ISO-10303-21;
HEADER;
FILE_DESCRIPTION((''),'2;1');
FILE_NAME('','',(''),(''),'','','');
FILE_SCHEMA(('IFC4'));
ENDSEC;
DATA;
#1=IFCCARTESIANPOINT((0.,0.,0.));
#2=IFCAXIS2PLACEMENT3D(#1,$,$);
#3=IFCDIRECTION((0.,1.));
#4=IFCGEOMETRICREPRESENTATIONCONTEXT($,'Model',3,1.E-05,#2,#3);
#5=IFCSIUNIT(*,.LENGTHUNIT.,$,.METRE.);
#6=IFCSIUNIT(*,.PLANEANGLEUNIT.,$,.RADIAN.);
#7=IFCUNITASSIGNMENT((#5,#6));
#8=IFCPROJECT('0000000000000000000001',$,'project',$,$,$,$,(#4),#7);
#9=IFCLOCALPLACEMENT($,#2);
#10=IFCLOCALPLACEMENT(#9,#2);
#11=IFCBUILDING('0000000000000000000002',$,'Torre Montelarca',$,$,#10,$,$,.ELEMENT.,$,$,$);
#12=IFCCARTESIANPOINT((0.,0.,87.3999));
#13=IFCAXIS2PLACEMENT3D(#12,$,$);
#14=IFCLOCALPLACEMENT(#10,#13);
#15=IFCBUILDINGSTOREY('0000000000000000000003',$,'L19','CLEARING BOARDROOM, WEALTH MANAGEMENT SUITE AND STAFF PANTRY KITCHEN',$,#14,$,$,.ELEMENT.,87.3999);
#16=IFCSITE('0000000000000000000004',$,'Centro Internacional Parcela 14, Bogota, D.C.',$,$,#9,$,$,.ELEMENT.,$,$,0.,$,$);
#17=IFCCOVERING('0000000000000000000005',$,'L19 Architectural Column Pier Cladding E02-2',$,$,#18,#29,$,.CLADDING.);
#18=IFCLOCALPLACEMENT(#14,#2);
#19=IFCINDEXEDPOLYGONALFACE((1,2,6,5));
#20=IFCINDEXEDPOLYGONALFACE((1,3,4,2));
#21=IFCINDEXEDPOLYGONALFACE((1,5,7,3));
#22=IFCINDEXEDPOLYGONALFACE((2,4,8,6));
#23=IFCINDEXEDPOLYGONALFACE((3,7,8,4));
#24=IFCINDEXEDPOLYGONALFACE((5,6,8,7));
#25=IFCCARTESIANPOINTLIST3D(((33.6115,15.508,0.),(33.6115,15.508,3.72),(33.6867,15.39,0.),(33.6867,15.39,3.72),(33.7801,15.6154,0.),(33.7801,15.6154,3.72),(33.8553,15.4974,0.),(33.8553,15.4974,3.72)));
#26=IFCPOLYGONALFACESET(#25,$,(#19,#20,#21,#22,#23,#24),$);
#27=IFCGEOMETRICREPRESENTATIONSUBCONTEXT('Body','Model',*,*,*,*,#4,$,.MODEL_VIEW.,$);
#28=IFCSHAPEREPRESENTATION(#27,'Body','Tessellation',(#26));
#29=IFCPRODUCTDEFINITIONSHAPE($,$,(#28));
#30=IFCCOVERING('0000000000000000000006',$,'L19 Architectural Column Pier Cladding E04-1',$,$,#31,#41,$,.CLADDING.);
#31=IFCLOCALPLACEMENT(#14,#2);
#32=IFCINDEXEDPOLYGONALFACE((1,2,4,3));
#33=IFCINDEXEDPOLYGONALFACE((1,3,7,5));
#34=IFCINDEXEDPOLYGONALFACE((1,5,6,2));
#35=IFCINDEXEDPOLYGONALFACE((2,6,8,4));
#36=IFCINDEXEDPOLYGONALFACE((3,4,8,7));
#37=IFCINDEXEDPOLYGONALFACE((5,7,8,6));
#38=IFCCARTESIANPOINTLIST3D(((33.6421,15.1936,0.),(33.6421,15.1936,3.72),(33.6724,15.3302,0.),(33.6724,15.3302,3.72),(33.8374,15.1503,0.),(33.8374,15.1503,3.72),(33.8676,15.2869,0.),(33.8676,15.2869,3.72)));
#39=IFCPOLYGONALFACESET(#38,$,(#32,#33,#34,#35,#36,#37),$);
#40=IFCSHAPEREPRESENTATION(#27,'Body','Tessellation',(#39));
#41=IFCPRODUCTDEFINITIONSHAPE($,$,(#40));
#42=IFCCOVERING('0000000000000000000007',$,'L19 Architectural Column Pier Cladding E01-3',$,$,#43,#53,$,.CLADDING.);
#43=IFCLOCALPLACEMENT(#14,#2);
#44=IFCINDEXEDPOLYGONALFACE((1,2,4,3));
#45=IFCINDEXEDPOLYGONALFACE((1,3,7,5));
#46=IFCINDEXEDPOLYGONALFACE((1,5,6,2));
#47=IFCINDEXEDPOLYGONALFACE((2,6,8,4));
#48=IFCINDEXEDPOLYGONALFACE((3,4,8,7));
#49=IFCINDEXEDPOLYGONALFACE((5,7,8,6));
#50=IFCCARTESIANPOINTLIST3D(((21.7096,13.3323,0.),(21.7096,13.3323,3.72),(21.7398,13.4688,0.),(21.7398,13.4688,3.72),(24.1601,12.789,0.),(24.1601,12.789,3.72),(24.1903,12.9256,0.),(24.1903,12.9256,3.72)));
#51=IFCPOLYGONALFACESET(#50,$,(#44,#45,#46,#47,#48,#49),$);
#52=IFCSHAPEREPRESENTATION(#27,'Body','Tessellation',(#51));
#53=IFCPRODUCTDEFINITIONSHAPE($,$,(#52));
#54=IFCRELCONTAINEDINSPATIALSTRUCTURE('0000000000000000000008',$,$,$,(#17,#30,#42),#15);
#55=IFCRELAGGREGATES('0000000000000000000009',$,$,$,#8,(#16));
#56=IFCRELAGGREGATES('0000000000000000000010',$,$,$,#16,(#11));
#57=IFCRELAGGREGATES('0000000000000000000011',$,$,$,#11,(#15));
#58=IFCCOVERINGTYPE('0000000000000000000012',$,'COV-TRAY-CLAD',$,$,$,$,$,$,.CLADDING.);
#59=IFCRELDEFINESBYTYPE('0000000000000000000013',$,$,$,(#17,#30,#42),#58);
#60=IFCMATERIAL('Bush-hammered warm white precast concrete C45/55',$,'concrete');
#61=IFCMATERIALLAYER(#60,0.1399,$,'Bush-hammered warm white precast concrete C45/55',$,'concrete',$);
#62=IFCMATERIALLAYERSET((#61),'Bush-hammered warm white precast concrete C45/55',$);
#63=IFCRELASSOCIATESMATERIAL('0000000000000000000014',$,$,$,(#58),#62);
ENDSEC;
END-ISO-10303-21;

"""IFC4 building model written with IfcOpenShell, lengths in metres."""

from ifc_helpers import new_model, si_unit, direction, frame, origin, origin_2d, place, context, subcontext, project, spatial, rectangle, extrude, source, transform, mapped, material, layer, layer_set, type_object, element, save


model = new_model("IFC4")

# Units and contexts
model_context = context("Model", 3, precision=1e-05, world=origin(), true_north=direction((0.0, 1.0)))
body_context = subcontext(model_context, "Body", "Model", "MODEL_VIEW")
ifc_project = project(units=[si_unit("LENGTHUNIT", "METRE"), si_unit("PLANEANGLEUNIT", "RADIAN")], contexts=[model_context])

# Site, building, storey
site_placement = place(None, origin())
site = spatial("IfcSite", under=ifc_project, at=site_placement, Name="Centro Internacional Parcela 14, Bogota, D.C.", CompositionType="ELEMENT", RefElevation=0.0)
building_placement = place(site_placement, origin())
building = spatial("IfcBuilding", under=site, at=building_placement, Name="Torre Montelarca", CompositionType="ELEMENT")
storey_placement = place(building_placement, frame((0.0, 0.0, 87.3999)))
storey = spatial("IfcBuildingStorey", under=building, at=storey_placement, Name="L19", Description="CLEARING BOARDROOM, WEALTH MANAGEMENT SUITE AND STAFF PANTRY KITCHEN", CompositionType="ELEMENT", Elevation=87.3999)

# Coverings
ifc_material_1 = material(Name="Bush-hammered warm white precast concrete C45/55", Category="concrete")
ifc_layer_1 = layer(ifc_material_1, 0.1399, Name="Bush-hammered warm white precast concrete C45/55", Category="concrete")
ifc_layer_set_1 = layer_set([ifc_layer_1], Name="Bush-hammered warm white precast concrete C45/55")
covering_type = type_object("IfcCoveringType", Name="COV-TRAY-CLAD", PredefinedType="CLADDING", material=ifc_layer_set_1)
shared_shape_1 = source(origin(), body_context, "Body", "SweptSolid", [
    extrude(rectangle(XDim=0.2, YDim=0.1399, at=origin_2d()), origin(), (0.0, 0.0, 1.0), 3.72),
])
for number, where, z_axis, x_axis, name in (
    (1, (33.7334, 15.5027, 0.0), (0.0, 0.0, 1.0), (0.843384, 0.537311, 0.0), "L19 Architectural Column Pier Cladding E02-2"),
    (2, (33.7549, 15.2402, 0.0), (0.0, 0.0, 1.0), (0.976298, -0.216433, 0.0), "L19 Architectural Column Pier Cladding E04-1"),
):
    element("IfcCovering", number, at=place(storey_placement, frame(where, z_axis=z_axis, x_axis=x_axis)), inside=storey, type_object=covering_type, Name=name, PredefinedType="CLADDING", context=body_context, shape_type="MappedRepresentation", body=[
        mapped(shared_shape_1, transform((0.0, 0.0, 0.0), scale=1.0)),
    ])
shared_shape_2 = source(origin(), body_context, "Body", "SweptSolid", [
    extrude(rectangle(XDim=2.51, YDim=0.1399, at=origin_2d()), origin(), (0.0, 0.0, 1.0), 3.72),
])
covering_1_placement = place(storey_placement, frame((22.95, 13.1289, 0.0), z_axis=(0.0, 0.0, 1.0), x_axis=(0.976296, -0.21644, 0.0)))
element("IfcCovering", 3, at=covering_1_placement, inside=storey, type_object=covering_type, Name="L19 Architectural Column Pier Cladding E01-3", PredefinedType="CLADDING", context=body_context, shape_type="MappedRepresentation", body=[
    mapped(shared_shape_2, transform((0.0, 0.0, 0.0), scale=1.0)),
])

save(model, "model.ifc")
